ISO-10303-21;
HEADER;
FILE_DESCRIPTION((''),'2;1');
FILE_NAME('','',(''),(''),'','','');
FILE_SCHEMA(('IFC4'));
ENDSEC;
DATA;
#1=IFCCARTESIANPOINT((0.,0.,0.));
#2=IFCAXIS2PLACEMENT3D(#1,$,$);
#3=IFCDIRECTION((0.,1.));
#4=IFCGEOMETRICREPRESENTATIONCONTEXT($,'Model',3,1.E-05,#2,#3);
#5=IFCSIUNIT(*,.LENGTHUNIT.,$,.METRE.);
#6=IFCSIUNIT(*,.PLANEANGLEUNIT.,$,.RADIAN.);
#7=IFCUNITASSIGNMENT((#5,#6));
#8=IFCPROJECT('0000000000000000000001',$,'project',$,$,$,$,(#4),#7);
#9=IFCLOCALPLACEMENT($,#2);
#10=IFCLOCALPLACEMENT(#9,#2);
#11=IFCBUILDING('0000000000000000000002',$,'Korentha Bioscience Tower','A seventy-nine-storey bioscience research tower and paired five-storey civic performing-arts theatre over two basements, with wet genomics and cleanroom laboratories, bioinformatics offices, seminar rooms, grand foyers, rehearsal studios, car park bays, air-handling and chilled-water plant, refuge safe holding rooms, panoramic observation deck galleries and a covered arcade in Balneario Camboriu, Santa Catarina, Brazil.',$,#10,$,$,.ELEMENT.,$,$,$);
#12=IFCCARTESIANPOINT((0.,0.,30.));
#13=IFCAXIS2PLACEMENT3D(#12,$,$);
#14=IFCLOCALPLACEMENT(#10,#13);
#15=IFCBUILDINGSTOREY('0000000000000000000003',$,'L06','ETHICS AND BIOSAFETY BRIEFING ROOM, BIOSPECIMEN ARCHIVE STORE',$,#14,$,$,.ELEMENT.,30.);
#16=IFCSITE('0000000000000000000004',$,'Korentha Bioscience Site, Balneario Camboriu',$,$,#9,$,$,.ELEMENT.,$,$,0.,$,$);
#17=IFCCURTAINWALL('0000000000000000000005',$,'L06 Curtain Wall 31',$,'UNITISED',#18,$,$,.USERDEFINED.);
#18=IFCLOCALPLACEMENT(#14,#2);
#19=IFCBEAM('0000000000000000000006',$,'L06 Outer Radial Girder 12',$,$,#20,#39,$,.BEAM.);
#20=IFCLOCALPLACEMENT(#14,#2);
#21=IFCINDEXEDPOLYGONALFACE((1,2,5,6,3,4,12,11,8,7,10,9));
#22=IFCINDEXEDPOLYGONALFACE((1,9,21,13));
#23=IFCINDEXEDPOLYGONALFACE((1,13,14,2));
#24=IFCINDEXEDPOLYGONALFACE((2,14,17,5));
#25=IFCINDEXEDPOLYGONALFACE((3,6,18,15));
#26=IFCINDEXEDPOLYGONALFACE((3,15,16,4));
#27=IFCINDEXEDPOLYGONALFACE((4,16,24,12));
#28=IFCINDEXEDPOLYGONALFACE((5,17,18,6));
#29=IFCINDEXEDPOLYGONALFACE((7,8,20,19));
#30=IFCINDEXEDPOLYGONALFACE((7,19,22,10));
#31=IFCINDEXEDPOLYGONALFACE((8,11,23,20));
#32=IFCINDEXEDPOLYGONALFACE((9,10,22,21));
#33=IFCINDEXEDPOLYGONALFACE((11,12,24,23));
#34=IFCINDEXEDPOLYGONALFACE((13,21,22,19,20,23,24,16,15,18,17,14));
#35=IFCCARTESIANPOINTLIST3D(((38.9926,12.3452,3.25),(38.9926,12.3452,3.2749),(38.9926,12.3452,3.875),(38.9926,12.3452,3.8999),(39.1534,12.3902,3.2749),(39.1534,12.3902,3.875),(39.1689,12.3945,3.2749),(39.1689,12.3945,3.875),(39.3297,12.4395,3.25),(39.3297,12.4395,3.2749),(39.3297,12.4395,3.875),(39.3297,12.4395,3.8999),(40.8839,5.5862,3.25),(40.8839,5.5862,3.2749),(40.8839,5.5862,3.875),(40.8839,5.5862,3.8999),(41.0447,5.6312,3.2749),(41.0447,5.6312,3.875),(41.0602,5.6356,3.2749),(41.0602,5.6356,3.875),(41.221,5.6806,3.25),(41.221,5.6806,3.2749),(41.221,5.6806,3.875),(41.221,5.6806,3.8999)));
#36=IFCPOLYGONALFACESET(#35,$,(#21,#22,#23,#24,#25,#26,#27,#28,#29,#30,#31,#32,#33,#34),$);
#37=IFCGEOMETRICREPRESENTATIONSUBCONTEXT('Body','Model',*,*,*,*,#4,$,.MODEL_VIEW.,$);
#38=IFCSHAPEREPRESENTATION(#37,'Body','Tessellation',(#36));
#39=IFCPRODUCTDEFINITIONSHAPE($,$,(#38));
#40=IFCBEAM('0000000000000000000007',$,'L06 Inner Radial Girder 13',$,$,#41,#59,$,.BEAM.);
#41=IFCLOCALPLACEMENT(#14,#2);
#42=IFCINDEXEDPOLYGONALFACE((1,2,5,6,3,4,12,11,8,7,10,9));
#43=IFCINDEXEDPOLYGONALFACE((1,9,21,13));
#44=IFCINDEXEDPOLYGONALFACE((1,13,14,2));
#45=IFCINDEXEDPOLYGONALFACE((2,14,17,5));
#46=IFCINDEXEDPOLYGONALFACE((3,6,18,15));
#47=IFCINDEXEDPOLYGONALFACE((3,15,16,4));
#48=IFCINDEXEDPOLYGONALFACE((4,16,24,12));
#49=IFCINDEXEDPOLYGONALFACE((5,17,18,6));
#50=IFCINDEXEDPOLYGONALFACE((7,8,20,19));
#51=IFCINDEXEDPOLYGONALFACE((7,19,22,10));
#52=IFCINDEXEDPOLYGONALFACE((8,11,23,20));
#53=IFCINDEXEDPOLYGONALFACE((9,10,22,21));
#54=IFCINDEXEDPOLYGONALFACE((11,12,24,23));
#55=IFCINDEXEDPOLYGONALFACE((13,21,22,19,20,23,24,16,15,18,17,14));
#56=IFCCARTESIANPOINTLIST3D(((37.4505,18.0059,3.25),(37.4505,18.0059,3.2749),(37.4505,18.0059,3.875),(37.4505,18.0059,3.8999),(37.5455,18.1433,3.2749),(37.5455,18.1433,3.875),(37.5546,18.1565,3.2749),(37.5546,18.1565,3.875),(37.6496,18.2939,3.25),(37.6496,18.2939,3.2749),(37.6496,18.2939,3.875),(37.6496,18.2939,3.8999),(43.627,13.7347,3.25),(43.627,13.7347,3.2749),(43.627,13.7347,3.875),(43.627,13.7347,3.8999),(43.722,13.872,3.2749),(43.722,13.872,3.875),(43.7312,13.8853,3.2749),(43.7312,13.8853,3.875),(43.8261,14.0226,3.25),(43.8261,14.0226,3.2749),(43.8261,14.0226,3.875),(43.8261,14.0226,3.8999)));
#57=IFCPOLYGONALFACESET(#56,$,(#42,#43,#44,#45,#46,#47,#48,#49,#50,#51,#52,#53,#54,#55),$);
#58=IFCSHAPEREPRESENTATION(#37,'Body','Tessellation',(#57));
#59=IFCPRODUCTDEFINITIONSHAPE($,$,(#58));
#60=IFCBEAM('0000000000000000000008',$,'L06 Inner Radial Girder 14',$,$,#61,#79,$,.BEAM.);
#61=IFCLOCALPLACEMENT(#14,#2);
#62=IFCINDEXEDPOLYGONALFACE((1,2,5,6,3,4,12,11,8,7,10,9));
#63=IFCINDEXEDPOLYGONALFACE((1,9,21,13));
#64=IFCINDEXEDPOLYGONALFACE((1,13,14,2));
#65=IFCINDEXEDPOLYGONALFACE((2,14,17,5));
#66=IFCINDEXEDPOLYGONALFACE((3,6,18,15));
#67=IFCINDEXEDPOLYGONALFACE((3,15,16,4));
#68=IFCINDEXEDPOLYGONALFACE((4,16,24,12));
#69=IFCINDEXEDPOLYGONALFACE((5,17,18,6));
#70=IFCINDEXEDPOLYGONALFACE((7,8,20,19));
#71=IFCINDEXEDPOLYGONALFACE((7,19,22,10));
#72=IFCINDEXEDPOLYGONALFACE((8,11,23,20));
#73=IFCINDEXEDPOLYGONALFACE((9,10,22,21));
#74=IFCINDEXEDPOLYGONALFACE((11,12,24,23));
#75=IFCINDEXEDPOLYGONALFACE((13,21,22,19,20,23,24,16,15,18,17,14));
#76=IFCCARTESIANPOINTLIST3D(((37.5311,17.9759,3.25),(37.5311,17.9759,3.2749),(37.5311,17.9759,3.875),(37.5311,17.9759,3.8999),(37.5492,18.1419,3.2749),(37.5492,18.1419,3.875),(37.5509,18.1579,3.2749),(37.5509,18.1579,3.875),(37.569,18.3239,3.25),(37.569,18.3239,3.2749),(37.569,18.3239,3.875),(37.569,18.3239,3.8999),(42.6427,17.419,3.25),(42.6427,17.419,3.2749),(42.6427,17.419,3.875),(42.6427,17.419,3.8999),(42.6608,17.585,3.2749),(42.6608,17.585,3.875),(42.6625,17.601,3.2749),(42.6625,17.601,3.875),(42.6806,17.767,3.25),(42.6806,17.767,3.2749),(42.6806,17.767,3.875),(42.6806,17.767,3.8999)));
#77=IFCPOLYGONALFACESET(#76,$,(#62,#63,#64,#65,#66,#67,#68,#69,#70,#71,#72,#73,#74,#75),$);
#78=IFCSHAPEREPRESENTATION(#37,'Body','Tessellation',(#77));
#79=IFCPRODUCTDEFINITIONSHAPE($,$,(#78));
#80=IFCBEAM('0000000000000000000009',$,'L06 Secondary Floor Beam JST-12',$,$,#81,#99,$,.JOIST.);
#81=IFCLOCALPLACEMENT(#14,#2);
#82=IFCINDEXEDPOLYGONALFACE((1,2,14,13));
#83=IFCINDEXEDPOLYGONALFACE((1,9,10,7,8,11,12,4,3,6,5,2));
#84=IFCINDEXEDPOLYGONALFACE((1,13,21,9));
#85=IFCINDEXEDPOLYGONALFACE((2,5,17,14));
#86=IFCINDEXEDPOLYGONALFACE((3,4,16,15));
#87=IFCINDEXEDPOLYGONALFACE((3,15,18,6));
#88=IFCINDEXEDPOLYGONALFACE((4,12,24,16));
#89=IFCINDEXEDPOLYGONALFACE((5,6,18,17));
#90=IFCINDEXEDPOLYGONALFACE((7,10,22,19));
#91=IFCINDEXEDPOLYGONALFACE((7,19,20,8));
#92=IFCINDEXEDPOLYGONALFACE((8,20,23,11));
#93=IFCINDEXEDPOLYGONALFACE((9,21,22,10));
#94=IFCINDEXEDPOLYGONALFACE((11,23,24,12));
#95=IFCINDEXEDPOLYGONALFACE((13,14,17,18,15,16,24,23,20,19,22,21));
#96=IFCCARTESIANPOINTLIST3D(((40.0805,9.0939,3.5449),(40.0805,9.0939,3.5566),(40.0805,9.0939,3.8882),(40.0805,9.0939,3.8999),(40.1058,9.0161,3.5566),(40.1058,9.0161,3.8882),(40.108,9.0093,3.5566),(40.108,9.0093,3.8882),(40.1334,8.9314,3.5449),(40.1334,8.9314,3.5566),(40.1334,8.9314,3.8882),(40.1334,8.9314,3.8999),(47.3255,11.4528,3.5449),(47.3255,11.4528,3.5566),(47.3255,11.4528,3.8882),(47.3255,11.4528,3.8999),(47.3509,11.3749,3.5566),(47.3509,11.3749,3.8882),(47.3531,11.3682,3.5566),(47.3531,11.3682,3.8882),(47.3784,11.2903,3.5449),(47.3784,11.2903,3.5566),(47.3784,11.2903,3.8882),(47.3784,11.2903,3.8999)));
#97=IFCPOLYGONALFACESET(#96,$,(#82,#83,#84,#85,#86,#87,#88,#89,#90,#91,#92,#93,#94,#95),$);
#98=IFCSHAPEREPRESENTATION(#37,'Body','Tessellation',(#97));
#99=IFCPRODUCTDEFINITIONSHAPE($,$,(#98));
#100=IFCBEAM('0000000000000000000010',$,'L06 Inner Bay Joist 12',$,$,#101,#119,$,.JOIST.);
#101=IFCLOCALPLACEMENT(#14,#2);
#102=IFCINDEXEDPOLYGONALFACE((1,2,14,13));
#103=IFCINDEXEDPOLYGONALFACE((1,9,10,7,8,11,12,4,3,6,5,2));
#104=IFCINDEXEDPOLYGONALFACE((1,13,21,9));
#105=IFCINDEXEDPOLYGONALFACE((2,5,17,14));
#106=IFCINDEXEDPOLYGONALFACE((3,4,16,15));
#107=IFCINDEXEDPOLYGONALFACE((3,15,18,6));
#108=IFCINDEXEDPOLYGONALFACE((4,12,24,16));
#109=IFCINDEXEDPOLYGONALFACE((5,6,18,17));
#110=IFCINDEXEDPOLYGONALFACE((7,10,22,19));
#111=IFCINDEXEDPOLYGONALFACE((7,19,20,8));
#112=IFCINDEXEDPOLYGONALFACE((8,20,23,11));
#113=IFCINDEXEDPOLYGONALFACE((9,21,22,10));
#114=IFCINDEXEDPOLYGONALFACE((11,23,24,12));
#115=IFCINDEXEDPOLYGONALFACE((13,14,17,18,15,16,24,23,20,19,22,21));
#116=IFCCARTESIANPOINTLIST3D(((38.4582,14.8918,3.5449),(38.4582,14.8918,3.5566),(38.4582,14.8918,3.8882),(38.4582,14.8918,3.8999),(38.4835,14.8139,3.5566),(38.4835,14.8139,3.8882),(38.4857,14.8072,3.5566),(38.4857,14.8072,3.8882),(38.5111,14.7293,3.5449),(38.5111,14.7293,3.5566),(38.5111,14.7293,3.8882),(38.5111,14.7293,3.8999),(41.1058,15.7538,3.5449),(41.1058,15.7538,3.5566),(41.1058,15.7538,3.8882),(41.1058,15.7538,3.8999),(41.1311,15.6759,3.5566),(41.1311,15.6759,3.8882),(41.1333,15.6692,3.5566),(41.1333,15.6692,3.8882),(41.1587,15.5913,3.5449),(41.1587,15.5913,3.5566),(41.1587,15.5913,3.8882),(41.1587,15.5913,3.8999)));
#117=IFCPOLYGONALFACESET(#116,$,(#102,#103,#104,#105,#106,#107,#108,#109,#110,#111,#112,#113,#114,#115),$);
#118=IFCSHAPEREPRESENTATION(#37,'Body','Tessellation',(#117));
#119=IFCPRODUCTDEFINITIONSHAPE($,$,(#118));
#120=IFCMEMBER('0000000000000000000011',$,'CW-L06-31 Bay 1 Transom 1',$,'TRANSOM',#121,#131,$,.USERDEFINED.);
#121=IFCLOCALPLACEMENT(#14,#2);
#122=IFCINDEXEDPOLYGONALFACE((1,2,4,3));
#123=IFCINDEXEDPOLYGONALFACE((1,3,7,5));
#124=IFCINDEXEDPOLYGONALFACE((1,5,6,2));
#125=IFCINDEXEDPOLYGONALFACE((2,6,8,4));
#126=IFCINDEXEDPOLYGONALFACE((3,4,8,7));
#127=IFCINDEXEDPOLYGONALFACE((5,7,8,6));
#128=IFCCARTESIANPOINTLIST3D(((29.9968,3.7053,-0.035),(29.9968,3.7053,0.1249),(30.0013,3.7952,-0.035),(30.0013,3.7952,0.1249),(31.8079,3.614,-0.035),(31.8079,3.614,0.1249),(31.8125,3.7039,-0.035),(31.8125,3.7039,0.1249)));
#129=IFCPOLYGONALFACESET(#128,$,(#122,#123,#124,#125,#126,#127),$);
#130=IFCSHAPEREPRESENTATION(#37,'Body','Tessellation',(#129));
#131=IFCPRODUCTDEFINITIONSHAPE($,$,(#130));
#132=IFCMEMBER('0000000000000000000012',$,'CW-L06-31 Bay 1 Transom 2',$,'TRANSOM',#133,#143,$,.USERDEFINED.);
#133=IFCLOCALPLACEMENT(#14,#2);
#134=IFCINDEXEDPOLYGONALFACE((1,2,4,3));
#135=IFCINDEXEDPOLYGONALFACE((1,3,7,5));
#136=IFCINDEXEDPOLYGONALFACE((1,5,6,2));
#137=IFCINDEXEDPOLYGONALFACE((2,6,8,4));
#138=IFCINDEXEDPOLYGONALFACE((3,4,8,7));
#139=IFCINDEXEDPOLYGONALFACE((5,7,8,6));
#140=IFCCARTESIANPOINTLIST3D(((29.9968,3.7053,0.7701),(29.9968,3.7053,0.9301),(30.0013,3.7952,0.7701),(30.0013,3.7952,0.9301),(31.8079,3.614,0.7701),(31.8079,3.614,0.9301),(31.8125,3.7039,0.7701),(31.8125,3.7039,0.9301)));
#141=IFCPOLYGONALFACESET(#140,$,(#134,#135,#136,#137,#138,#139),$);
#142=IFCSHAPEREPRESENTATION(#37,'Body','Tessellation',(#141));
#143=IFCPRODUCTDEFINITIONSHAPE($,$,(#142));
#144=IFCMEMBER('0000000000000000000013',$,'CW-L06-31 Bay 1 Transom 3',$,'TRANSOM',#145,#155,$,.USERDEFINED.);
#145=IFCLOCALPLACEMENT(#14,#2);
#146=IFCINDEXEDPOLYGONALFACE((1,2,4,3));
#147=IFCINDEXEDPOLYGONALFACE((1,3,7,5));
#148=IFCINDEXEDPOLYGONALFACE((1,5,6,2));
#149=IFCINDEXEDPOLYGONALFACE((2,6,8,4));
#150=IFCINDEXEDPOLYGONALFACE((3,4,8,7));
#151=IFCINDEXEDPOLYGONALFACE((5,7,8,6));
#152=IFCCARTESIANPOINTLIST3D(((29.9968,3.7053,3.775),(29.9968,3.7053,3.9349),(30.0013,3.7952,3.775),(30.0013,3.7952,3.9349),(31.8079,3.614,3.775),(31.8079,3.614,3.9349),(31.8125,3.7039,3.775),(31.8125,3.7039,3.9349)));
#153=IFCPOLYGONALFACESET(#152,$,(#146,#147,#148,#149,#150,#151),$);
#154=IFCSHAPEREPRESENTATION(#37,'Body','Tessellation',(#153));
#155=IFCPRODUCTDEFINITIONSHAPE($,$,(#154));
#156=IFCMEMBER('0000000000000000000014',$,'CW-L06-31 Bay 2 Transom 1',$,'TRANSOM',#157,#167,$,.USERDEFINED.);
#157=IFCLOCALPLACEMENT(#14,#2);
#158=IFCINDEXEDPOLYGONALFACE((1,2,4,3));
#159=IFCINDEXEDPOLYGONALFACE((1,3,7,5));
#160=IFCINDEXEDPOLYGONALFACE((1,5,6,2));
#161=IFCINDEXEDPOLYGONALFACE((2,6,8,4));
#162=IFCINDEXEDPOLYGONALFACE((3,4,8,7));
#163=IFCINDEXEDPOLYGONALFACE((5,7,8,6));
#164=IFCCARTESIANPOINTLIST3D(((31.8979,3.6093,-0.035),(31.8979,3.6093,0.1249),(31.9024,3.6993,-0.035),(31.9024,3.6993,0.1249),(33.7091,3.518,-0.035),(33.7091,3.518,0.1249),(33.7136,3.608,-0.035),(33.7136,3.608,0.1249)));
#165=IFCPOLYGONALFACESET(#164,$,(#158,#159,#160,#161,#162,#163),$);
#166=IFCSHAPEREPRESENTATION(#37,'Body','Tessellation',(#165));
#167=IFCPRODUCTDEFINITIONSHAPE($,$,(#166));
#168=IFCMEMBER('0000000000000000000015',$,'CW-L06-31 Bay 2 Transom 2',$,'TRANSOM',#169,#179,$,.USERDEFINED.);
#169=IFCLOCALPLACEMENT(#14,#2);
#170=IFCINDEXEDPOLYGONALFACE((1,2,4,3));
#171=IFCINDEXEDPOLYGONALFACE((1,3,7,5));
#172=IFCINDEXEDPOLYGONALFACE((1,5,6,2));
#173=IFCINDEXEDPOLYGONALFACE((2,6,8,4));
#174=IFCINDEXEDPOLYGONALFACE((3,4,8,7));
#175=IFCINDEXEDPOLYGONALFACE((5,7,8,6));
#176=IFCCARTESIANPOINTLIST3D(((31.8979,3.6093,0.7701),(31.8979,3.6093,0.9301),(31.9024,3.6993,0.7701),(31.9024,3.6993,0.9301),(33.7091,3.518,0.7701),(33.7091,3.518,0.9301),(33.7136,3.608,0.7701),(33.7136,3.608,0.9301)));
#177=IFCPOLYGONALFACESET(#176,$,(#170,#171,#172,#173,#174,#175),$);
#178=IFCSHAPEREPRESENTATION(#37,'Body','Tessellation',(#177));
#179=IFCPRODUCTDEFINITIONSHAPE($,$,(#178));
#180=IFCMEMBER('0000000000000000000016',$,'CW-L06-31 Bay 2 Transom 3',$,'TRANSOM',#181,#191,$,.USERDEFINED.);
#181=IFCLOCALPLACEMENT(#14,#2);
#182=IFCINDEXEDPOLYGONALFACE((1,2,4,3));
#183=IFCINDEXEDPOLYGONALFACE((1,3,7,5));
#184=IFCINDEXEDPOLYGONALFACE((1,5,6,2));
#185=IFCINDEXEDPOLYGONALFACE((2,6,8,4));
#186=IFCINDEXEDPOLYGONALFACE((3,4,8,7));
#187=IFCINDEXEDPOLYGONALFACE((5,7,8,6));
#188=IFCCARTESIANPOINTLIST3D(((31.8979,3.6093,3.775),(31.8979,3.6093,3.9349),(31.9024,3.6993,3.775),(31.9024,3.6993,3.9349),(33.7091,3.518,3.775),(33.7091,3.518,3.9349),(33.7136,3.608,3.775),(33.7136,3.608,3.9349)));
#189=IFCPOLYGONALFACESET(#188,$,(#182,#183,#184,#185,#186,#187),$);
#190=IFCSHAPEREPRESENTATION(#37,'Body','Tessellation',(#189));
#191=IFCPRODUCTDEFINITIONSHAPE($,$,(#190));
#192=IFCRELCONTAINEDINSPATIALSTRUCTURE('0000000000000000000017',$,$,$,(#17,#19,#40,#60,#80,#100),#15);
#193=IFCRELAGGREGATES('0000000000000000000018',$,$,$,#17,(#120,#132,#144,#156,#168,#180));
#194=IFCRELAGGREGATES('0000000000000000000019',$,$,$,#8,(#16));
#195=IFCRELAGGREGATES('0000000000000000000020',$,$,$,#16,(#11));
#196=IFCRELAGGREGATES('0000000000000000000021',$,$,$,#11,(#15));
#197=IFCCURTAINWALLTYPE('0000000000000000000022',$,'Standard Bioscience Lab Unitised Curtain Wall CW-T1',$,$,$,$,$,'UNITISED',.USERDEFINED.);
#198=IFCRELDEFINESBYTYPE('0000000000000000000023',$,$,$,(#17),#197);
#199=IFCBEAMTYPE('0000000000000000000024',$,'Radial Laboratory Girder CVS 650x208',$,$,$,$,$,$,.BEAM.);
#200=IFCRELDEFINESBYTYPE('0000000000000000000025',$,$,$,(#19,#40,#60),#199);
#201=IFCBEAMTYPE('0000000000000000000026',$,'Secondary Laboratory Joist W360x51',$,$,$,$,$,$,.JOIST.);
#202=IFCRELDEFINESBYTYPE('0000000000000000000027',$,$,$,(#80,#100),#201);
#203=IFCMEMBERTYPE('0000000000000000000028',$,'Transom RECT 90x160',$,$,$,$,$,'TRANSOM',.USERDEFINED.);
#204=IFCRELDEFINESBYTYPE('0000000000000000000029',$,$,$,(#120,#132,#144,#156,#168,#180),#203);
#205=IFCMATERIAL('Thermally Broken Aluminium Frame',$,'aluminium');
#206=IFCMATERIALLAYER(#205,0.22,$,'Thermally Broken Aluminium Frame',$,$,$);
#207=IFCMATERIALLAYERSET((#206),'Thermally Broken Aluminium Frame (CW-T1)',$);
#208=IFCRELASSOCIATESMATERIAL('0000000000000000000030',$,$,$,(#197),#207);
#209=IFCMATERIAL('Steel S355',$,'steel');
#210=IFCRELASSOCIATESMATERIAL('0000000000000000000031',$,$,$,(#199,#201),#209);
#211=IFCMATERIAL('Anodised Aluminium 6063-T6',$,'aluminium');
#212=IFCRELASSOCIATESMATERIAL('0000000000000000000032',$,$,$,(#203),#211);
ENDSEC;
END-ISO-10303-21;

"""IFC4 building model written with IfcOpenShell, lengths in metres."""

from ifc_helpers import new_model, si_unit, direction, frame, origin, origin_2d, place, context, subcontext, project, spatial, rectangle, i_section, extrude, material, layer, layer_set, material_profile, profile_set, type_object, element, aggregate, save


model = new_model("IFC4")

# Units and contexts
model_context = context("Model", 3, precision=1e-05, world=origin(), true_north=direction((0.0, 1.0)))
body_context = subcontext(model_context, "Body", "Model", "MODEL_VIEW")
ifc_project = project(units=[si_unit("LENGTHUNIT", "METRE"), si_unit("PLANEANGLEUNIT", "RADIAN")], contexts=[model_context])

# Site, building, storey
site_placement = place(None, origin())
site = spatial("IfcSite", under=ifc_project, at=site_placement, Name="Korentha Bioscience Site, Balneario Camboriu", CompositionType="ELEMENT", RefElevation=0.0)
building_placement = place(site_placement, origin())
building = spatial("IfcBuilding", under=site, at=building_placement, Name="Korentha Bioscience Tower", Description="A seventy-nine-storey bioscience research tower and paired five-storey civic performing-arts theatre over two basements, with wet genomics and cleanroom laboratories, bioinformatics offices, seminar rooms, grand foyers, rehearsal studios, car park bays, air-handling and chilled-water plant, refuge safe holding rooms, panoramic observation deck galleries and a covered arcade in Balneario Camboriu, Santa Catarina, Brazil.", CompositionType="ELEMENT")
storey_placement = place(building_placement, frame((0.0, 0.0, 30.0)))
storey = spatial("IfcBuildingStorey", under=building, at=storey_placement, Name="L06", Description="ETHICS AND BIOSAFETY BRIEFING ROOM, BIOSPECIMEN ARCHIVE STORE", CompositionType="ELEMENT", Elevation=30.0)

# Shared definitions
ifc_material_1 = material(Name="Steel S355", Category="steel")

# Curtain wall
ifc_material_2 = material(Name="Thermally Broken Aluminium Frame", Category="aluminium")
ifc_layer_1 = layer(ifc_material_2, 0.22, Name="Thermally Broken Aluminium Frame")
ifc_layer_set_1 = layer_set([ifc_layer_1], Name="Thermally Broken Aluminium Frame (CW-T1)")
curtain_wall_type = type_object("IfcCurtainWallType", Name="Standard Bioscience Lab Unitised Curtain Wall CW-T1", ElementType="UNITISED", PredefinedType="USERDEFINED", material=ifc_layer_set_1)
curtain_wall_placement = place(storey_placement, origin())
curtain_wall = element("IfcCurtainWall", 1, at=curtain_wall_placement, inside=storey, type_object=curtain_wall_type, Name="L06 Curtain Wall 31", ObjectType="UNITISED", PredefinedType="USERDEFINED")
ifc_material_3 = material(Name="Anodised Aluminium 6063-T6", Category="aluminium")

# Beams
ifc_material_profile_1 = material_profile(ifc_material_1, i_section(OverallWidth=0.3501, OverallDepth=0.6499, WebThickness=0.0161, FlangeThickness=0.0249, at=origin_2d()), Name="Steel S355")
ifc_profile_set_1 = profile_set([ifc_material_profile_1], Name="Steel S355 (RB-650)")
beam_type_1 = type_object("IfcBeamType", Name="Radial Laboratory Girder CVS 650x208", PredefinedType="BEAM", material=ifc_profile_set_1)
beam_1_placement = place(storey_placement, frame((39.1611, 12.3923, 3.575), z_axis=(0.269475, -0.963007, 0.0), x_axis=(0.963007, 0.269475, 0.0)))
element("IfcBeam", 2, at=beam_1_placement, inside=storey, type_object=beam_type_1, Name="L06 Outer Radial Girder 12", PredefinedType="BEAM", context=body_context, shape_type="SweptSolid", body=[
    extrude(i_section(OverallWidth=0.3501, OverallDepth=0.6499, WebThickness=0.0161, FlangeThickness=0.0249, at=origin_2d()), origin(), (0.0, 0.0, 1.0), 7.0186),
])
beam_2_placement = place(storey_placement, frame((37.55, 18.1499, 3.575), z_axis=(0.822492, -0.568777, 0.0), x_axis=(0.568777, 0.822492, 0.0)))
element("IfcBeam", 3, at=beam_2_placement, inside=storey, type_object=beam_type_1, Name="L06 Inner Radial Girder 13", PredefinedType="BEAM", context=body_context, shape_type="SweptSolid", body=[
    extrude(i_section(OverallWidth=0.3501, OverallDepth=0.6499, WebThickness=0.0161, FlangeThickness=0.0249, at=origin_2d()), origin(), (0.0, 0.0, 1.0), 7.5095),
])
beam_3_placement = place(storey_placement, frame((37.55, 18.1499, 3.575), z_axis=(0.994118, -0.108305, 0.0), x_axis=(0.108305, 0.994118, 0.0)))
element("IfcBeam", 4, at=beam_3_placement, inside=storey, type_object=beam_type_1, Name="L06 Inner Radial Girder 14", PredefinedType="BEAM", context=body_context, shape_type="SweptSolid", body=[
    extrude(i_section(OverallWidth=0.3501, OverallDepth=0.6499, WebThickness=0.0161, FlangeThickness=0.0249, at=origin_2d()), origin(), (0.0, 0.0, 1.0), 5.1418),
])
ifc_material_profile_2 = material_profile(ifc_material_1, i_section(OverallWidth=0.1709, OverallDepth=0.355, WebThickness=0.0071, FlangeThickness=0.0117, at=origin_2d()), Name="Steel S355")
ifc_profile_set_2 = profile_set([ifc_material_profile_2], Name="Steel S355 (JB-360)")
beam_type_2 = type_object("IfcBeamType", Name="Secondary Laboratory Joist W360x51", PredefinedType="JOIST", material=ifc_profile_set_2)
beam_4_placement = place(storey_placement, frame((40.1069, 9.0127, 3.7224), z_axis=(0.950871, 0.309587, 0.0), x_axis=(-0.309587, 0.950871, 0.0)))
element("IfcBeam", 5, at=beam_4_placement, inside=storey, type_object=beam_type_2, Name="L06 Secondary Floor Beam JST-12", PredefinedType="JOIST", context=body_context, shape_type="SweptSolid", body=[
    extrude(i_section(OverallWidth=0.1709, OverallDepth=0.355, WebThickness=0.0071, FlangeThickness=0.0117, at=origin_2d()), origin(), (0.0, 0.0, 1.0), 7.6194),
])
beam_5_placement = place(storey_placement, frame((38.4846, 14.8105, 3.7224), z_axis=(0.95087, 0.309592, 0.0), x_axis=(-0.309592, 0.95087, 0.0)))
element("IfcBeam", 6, at=beam_5_placement, inside=storey, type_object=beam_type_2, Name="L06 Inner Bay Joist 12", PredefinedType="JOIST", context=body_context, shape_type="SweptSolid", body=[
    extrude(i_section(OverallWidth=0.1709, OverallDepth=0.355, WebThickness=0.0071, FlangeThickness=0.0117, at=origin_2d()), origin(), (0.0, 0.0, 1.0), 2.7844),
])

# Members
ifc_material_profile_3 = material_profile(ifc_material_3, rectangle(XDim=0.0901, YDim=0.1599, at=origin_2d()), Name="Anodised Aluminium 6063-T6")
ifc_profile_set_3 = profile_set([ifc_material_profile_3], Name="Anodised Aluminium 6063-T6 (CW-TRN)")
member_type_1 = type_object("IfcMemberType", Name="Transom RECT 90x160", ElementType="TRANSOM", PredefinedType="USERDEFINED", material=ifc_profile_set_3)
member_1_placement = place(storey_placement, frame((29.999, 3.7502, 0.0449), z_axis=(0.998732, -0.050347, 0.0), x_axis=(0.050347, 0.998732, 0.0)))
member_1 = element("IfcMember", 7, at=member_1_placement, type_object=member_type_1, Name="CW-L06-31 Bay 1 Transom 1", ObjectType="TRANSOM", PredefinedType="USERDEFINED", context=body_context, shape_type="SweptSolid", body=[
    extrude(rectangle(XDim=0.0901, YDim=0.1599, at=origin_2d()), origin(), (0.0, 0.0, 1.0), 1.8135),
])
member_2_placement = place(storey_placement, frame((29.999, 3.7502, 0.8501), z_axis=(0.998732, -0.050347, 0.0), x_axis=(0.050347, 0.998732, 0.0)))
member_2 = element("IfcMember", 8, at=member_2_placement, type_object=member_type_1, Name="CW-L06-31 Bay 1 Transom 2", ObjectType="TRANSOM", PredefinedType="USERDEFINED", context=body_context, shape_type="SweptSolid", body=[
    extrude(rectangle(XDim=0.0901, YDim=0.1599, at=origin_2d()), origin(), (0.0, 0.0, 1.0), 1.8135),
])
member_3_placement = place(storey_placement, frame((29.999, 3.7502, 3.855), z_axis=(0.998732, -0.050347, 0.0), x_axis=(0.050347, 0.998732, 0.0)))
member_3 = element("IfcMember", 9, at=member_3_placement, type_object=member_type_1, Name="CW-L06-31 Bay 1 Transom 3", ObjectType="TRANSOM", PredefinedType="USERDEFINED", context=body_context, shape_type="SweptSolid", body=[
    extrude(rectangle(XDim=0.0901, YDim=0.1599, at=origin_2d()), origin(), (0.0, 0.0, 1.0), 1.8135),
])
member_4_placement = place(storey_placement, frame((31.9001, 3.6543, 0.0449), z_axis=(0.998732, -0.050347, 0.0), x_axis=(0.050347, 0.998732, 0.0)))
member_4 = element("IfcMember", 10, at=member_4_placement, type_object=member_type_1, Name="CW-L06-31 Bay 2 Transom 1", ObjectType="TRANSOM", PredefinedType="USERDEFINED", context=body_context, shape_type="SweptSolid", body=[
    extrude(rectangle(XDim=0.0901, YDim=0.1599, at=origin_2d()), origin(), (0.0, 0.0, 1.0), 1.8135),
])
member_5_placement = place(storey_placement, frame((31.9001, 3.6543, 0.8501), z_axis=(0.998732, -0.050347, 0.0), x_axis=(0.050347, 0.998732, 0.0)))
member_5 = element("IfcMember", 11, at=member_5_placement, type_object=member_type_1, Name="CW-L06-31 Bay 2 Transom 2", ObjectType="TRANSOM", PredefinedType="USERDEFINED", context=body_context, shape_type="SweptSolid", body=[
    extrude(rectangle(XDim=0.0901, YDim=0.1599, at=origin_2d()), origin(), (0.0, 0.0, 1.0), 1.8135),
])
member_6_placement = place(storey_placement, frame((31.9001, 3.6543, 3.855), z_axis=(0.998732, -0.050347, 0.0), x_axis=(0.050347, 0.998732, 0.0)))
member_6 = element("IfcMember", 12, at=member_6_placement, type_object=member_type_1, Name="CW-L06-31 Bay 2 Transom 3", ObjectType="TRANSOM", PredefinedType="USERDEFINED", context=body_context, shape_type="SweptSolid", body=[
    extrude(rectangle(XDim=0.0901, YDim=0.1599, at=origin_2d()), origin(), (0.0, 0.0, 1.0), 1.8135),
])

aggregate(curtain_wall, [member_1, member_2, member_3, member_4, member_5, member_6])

save(model, "model.ifc")
